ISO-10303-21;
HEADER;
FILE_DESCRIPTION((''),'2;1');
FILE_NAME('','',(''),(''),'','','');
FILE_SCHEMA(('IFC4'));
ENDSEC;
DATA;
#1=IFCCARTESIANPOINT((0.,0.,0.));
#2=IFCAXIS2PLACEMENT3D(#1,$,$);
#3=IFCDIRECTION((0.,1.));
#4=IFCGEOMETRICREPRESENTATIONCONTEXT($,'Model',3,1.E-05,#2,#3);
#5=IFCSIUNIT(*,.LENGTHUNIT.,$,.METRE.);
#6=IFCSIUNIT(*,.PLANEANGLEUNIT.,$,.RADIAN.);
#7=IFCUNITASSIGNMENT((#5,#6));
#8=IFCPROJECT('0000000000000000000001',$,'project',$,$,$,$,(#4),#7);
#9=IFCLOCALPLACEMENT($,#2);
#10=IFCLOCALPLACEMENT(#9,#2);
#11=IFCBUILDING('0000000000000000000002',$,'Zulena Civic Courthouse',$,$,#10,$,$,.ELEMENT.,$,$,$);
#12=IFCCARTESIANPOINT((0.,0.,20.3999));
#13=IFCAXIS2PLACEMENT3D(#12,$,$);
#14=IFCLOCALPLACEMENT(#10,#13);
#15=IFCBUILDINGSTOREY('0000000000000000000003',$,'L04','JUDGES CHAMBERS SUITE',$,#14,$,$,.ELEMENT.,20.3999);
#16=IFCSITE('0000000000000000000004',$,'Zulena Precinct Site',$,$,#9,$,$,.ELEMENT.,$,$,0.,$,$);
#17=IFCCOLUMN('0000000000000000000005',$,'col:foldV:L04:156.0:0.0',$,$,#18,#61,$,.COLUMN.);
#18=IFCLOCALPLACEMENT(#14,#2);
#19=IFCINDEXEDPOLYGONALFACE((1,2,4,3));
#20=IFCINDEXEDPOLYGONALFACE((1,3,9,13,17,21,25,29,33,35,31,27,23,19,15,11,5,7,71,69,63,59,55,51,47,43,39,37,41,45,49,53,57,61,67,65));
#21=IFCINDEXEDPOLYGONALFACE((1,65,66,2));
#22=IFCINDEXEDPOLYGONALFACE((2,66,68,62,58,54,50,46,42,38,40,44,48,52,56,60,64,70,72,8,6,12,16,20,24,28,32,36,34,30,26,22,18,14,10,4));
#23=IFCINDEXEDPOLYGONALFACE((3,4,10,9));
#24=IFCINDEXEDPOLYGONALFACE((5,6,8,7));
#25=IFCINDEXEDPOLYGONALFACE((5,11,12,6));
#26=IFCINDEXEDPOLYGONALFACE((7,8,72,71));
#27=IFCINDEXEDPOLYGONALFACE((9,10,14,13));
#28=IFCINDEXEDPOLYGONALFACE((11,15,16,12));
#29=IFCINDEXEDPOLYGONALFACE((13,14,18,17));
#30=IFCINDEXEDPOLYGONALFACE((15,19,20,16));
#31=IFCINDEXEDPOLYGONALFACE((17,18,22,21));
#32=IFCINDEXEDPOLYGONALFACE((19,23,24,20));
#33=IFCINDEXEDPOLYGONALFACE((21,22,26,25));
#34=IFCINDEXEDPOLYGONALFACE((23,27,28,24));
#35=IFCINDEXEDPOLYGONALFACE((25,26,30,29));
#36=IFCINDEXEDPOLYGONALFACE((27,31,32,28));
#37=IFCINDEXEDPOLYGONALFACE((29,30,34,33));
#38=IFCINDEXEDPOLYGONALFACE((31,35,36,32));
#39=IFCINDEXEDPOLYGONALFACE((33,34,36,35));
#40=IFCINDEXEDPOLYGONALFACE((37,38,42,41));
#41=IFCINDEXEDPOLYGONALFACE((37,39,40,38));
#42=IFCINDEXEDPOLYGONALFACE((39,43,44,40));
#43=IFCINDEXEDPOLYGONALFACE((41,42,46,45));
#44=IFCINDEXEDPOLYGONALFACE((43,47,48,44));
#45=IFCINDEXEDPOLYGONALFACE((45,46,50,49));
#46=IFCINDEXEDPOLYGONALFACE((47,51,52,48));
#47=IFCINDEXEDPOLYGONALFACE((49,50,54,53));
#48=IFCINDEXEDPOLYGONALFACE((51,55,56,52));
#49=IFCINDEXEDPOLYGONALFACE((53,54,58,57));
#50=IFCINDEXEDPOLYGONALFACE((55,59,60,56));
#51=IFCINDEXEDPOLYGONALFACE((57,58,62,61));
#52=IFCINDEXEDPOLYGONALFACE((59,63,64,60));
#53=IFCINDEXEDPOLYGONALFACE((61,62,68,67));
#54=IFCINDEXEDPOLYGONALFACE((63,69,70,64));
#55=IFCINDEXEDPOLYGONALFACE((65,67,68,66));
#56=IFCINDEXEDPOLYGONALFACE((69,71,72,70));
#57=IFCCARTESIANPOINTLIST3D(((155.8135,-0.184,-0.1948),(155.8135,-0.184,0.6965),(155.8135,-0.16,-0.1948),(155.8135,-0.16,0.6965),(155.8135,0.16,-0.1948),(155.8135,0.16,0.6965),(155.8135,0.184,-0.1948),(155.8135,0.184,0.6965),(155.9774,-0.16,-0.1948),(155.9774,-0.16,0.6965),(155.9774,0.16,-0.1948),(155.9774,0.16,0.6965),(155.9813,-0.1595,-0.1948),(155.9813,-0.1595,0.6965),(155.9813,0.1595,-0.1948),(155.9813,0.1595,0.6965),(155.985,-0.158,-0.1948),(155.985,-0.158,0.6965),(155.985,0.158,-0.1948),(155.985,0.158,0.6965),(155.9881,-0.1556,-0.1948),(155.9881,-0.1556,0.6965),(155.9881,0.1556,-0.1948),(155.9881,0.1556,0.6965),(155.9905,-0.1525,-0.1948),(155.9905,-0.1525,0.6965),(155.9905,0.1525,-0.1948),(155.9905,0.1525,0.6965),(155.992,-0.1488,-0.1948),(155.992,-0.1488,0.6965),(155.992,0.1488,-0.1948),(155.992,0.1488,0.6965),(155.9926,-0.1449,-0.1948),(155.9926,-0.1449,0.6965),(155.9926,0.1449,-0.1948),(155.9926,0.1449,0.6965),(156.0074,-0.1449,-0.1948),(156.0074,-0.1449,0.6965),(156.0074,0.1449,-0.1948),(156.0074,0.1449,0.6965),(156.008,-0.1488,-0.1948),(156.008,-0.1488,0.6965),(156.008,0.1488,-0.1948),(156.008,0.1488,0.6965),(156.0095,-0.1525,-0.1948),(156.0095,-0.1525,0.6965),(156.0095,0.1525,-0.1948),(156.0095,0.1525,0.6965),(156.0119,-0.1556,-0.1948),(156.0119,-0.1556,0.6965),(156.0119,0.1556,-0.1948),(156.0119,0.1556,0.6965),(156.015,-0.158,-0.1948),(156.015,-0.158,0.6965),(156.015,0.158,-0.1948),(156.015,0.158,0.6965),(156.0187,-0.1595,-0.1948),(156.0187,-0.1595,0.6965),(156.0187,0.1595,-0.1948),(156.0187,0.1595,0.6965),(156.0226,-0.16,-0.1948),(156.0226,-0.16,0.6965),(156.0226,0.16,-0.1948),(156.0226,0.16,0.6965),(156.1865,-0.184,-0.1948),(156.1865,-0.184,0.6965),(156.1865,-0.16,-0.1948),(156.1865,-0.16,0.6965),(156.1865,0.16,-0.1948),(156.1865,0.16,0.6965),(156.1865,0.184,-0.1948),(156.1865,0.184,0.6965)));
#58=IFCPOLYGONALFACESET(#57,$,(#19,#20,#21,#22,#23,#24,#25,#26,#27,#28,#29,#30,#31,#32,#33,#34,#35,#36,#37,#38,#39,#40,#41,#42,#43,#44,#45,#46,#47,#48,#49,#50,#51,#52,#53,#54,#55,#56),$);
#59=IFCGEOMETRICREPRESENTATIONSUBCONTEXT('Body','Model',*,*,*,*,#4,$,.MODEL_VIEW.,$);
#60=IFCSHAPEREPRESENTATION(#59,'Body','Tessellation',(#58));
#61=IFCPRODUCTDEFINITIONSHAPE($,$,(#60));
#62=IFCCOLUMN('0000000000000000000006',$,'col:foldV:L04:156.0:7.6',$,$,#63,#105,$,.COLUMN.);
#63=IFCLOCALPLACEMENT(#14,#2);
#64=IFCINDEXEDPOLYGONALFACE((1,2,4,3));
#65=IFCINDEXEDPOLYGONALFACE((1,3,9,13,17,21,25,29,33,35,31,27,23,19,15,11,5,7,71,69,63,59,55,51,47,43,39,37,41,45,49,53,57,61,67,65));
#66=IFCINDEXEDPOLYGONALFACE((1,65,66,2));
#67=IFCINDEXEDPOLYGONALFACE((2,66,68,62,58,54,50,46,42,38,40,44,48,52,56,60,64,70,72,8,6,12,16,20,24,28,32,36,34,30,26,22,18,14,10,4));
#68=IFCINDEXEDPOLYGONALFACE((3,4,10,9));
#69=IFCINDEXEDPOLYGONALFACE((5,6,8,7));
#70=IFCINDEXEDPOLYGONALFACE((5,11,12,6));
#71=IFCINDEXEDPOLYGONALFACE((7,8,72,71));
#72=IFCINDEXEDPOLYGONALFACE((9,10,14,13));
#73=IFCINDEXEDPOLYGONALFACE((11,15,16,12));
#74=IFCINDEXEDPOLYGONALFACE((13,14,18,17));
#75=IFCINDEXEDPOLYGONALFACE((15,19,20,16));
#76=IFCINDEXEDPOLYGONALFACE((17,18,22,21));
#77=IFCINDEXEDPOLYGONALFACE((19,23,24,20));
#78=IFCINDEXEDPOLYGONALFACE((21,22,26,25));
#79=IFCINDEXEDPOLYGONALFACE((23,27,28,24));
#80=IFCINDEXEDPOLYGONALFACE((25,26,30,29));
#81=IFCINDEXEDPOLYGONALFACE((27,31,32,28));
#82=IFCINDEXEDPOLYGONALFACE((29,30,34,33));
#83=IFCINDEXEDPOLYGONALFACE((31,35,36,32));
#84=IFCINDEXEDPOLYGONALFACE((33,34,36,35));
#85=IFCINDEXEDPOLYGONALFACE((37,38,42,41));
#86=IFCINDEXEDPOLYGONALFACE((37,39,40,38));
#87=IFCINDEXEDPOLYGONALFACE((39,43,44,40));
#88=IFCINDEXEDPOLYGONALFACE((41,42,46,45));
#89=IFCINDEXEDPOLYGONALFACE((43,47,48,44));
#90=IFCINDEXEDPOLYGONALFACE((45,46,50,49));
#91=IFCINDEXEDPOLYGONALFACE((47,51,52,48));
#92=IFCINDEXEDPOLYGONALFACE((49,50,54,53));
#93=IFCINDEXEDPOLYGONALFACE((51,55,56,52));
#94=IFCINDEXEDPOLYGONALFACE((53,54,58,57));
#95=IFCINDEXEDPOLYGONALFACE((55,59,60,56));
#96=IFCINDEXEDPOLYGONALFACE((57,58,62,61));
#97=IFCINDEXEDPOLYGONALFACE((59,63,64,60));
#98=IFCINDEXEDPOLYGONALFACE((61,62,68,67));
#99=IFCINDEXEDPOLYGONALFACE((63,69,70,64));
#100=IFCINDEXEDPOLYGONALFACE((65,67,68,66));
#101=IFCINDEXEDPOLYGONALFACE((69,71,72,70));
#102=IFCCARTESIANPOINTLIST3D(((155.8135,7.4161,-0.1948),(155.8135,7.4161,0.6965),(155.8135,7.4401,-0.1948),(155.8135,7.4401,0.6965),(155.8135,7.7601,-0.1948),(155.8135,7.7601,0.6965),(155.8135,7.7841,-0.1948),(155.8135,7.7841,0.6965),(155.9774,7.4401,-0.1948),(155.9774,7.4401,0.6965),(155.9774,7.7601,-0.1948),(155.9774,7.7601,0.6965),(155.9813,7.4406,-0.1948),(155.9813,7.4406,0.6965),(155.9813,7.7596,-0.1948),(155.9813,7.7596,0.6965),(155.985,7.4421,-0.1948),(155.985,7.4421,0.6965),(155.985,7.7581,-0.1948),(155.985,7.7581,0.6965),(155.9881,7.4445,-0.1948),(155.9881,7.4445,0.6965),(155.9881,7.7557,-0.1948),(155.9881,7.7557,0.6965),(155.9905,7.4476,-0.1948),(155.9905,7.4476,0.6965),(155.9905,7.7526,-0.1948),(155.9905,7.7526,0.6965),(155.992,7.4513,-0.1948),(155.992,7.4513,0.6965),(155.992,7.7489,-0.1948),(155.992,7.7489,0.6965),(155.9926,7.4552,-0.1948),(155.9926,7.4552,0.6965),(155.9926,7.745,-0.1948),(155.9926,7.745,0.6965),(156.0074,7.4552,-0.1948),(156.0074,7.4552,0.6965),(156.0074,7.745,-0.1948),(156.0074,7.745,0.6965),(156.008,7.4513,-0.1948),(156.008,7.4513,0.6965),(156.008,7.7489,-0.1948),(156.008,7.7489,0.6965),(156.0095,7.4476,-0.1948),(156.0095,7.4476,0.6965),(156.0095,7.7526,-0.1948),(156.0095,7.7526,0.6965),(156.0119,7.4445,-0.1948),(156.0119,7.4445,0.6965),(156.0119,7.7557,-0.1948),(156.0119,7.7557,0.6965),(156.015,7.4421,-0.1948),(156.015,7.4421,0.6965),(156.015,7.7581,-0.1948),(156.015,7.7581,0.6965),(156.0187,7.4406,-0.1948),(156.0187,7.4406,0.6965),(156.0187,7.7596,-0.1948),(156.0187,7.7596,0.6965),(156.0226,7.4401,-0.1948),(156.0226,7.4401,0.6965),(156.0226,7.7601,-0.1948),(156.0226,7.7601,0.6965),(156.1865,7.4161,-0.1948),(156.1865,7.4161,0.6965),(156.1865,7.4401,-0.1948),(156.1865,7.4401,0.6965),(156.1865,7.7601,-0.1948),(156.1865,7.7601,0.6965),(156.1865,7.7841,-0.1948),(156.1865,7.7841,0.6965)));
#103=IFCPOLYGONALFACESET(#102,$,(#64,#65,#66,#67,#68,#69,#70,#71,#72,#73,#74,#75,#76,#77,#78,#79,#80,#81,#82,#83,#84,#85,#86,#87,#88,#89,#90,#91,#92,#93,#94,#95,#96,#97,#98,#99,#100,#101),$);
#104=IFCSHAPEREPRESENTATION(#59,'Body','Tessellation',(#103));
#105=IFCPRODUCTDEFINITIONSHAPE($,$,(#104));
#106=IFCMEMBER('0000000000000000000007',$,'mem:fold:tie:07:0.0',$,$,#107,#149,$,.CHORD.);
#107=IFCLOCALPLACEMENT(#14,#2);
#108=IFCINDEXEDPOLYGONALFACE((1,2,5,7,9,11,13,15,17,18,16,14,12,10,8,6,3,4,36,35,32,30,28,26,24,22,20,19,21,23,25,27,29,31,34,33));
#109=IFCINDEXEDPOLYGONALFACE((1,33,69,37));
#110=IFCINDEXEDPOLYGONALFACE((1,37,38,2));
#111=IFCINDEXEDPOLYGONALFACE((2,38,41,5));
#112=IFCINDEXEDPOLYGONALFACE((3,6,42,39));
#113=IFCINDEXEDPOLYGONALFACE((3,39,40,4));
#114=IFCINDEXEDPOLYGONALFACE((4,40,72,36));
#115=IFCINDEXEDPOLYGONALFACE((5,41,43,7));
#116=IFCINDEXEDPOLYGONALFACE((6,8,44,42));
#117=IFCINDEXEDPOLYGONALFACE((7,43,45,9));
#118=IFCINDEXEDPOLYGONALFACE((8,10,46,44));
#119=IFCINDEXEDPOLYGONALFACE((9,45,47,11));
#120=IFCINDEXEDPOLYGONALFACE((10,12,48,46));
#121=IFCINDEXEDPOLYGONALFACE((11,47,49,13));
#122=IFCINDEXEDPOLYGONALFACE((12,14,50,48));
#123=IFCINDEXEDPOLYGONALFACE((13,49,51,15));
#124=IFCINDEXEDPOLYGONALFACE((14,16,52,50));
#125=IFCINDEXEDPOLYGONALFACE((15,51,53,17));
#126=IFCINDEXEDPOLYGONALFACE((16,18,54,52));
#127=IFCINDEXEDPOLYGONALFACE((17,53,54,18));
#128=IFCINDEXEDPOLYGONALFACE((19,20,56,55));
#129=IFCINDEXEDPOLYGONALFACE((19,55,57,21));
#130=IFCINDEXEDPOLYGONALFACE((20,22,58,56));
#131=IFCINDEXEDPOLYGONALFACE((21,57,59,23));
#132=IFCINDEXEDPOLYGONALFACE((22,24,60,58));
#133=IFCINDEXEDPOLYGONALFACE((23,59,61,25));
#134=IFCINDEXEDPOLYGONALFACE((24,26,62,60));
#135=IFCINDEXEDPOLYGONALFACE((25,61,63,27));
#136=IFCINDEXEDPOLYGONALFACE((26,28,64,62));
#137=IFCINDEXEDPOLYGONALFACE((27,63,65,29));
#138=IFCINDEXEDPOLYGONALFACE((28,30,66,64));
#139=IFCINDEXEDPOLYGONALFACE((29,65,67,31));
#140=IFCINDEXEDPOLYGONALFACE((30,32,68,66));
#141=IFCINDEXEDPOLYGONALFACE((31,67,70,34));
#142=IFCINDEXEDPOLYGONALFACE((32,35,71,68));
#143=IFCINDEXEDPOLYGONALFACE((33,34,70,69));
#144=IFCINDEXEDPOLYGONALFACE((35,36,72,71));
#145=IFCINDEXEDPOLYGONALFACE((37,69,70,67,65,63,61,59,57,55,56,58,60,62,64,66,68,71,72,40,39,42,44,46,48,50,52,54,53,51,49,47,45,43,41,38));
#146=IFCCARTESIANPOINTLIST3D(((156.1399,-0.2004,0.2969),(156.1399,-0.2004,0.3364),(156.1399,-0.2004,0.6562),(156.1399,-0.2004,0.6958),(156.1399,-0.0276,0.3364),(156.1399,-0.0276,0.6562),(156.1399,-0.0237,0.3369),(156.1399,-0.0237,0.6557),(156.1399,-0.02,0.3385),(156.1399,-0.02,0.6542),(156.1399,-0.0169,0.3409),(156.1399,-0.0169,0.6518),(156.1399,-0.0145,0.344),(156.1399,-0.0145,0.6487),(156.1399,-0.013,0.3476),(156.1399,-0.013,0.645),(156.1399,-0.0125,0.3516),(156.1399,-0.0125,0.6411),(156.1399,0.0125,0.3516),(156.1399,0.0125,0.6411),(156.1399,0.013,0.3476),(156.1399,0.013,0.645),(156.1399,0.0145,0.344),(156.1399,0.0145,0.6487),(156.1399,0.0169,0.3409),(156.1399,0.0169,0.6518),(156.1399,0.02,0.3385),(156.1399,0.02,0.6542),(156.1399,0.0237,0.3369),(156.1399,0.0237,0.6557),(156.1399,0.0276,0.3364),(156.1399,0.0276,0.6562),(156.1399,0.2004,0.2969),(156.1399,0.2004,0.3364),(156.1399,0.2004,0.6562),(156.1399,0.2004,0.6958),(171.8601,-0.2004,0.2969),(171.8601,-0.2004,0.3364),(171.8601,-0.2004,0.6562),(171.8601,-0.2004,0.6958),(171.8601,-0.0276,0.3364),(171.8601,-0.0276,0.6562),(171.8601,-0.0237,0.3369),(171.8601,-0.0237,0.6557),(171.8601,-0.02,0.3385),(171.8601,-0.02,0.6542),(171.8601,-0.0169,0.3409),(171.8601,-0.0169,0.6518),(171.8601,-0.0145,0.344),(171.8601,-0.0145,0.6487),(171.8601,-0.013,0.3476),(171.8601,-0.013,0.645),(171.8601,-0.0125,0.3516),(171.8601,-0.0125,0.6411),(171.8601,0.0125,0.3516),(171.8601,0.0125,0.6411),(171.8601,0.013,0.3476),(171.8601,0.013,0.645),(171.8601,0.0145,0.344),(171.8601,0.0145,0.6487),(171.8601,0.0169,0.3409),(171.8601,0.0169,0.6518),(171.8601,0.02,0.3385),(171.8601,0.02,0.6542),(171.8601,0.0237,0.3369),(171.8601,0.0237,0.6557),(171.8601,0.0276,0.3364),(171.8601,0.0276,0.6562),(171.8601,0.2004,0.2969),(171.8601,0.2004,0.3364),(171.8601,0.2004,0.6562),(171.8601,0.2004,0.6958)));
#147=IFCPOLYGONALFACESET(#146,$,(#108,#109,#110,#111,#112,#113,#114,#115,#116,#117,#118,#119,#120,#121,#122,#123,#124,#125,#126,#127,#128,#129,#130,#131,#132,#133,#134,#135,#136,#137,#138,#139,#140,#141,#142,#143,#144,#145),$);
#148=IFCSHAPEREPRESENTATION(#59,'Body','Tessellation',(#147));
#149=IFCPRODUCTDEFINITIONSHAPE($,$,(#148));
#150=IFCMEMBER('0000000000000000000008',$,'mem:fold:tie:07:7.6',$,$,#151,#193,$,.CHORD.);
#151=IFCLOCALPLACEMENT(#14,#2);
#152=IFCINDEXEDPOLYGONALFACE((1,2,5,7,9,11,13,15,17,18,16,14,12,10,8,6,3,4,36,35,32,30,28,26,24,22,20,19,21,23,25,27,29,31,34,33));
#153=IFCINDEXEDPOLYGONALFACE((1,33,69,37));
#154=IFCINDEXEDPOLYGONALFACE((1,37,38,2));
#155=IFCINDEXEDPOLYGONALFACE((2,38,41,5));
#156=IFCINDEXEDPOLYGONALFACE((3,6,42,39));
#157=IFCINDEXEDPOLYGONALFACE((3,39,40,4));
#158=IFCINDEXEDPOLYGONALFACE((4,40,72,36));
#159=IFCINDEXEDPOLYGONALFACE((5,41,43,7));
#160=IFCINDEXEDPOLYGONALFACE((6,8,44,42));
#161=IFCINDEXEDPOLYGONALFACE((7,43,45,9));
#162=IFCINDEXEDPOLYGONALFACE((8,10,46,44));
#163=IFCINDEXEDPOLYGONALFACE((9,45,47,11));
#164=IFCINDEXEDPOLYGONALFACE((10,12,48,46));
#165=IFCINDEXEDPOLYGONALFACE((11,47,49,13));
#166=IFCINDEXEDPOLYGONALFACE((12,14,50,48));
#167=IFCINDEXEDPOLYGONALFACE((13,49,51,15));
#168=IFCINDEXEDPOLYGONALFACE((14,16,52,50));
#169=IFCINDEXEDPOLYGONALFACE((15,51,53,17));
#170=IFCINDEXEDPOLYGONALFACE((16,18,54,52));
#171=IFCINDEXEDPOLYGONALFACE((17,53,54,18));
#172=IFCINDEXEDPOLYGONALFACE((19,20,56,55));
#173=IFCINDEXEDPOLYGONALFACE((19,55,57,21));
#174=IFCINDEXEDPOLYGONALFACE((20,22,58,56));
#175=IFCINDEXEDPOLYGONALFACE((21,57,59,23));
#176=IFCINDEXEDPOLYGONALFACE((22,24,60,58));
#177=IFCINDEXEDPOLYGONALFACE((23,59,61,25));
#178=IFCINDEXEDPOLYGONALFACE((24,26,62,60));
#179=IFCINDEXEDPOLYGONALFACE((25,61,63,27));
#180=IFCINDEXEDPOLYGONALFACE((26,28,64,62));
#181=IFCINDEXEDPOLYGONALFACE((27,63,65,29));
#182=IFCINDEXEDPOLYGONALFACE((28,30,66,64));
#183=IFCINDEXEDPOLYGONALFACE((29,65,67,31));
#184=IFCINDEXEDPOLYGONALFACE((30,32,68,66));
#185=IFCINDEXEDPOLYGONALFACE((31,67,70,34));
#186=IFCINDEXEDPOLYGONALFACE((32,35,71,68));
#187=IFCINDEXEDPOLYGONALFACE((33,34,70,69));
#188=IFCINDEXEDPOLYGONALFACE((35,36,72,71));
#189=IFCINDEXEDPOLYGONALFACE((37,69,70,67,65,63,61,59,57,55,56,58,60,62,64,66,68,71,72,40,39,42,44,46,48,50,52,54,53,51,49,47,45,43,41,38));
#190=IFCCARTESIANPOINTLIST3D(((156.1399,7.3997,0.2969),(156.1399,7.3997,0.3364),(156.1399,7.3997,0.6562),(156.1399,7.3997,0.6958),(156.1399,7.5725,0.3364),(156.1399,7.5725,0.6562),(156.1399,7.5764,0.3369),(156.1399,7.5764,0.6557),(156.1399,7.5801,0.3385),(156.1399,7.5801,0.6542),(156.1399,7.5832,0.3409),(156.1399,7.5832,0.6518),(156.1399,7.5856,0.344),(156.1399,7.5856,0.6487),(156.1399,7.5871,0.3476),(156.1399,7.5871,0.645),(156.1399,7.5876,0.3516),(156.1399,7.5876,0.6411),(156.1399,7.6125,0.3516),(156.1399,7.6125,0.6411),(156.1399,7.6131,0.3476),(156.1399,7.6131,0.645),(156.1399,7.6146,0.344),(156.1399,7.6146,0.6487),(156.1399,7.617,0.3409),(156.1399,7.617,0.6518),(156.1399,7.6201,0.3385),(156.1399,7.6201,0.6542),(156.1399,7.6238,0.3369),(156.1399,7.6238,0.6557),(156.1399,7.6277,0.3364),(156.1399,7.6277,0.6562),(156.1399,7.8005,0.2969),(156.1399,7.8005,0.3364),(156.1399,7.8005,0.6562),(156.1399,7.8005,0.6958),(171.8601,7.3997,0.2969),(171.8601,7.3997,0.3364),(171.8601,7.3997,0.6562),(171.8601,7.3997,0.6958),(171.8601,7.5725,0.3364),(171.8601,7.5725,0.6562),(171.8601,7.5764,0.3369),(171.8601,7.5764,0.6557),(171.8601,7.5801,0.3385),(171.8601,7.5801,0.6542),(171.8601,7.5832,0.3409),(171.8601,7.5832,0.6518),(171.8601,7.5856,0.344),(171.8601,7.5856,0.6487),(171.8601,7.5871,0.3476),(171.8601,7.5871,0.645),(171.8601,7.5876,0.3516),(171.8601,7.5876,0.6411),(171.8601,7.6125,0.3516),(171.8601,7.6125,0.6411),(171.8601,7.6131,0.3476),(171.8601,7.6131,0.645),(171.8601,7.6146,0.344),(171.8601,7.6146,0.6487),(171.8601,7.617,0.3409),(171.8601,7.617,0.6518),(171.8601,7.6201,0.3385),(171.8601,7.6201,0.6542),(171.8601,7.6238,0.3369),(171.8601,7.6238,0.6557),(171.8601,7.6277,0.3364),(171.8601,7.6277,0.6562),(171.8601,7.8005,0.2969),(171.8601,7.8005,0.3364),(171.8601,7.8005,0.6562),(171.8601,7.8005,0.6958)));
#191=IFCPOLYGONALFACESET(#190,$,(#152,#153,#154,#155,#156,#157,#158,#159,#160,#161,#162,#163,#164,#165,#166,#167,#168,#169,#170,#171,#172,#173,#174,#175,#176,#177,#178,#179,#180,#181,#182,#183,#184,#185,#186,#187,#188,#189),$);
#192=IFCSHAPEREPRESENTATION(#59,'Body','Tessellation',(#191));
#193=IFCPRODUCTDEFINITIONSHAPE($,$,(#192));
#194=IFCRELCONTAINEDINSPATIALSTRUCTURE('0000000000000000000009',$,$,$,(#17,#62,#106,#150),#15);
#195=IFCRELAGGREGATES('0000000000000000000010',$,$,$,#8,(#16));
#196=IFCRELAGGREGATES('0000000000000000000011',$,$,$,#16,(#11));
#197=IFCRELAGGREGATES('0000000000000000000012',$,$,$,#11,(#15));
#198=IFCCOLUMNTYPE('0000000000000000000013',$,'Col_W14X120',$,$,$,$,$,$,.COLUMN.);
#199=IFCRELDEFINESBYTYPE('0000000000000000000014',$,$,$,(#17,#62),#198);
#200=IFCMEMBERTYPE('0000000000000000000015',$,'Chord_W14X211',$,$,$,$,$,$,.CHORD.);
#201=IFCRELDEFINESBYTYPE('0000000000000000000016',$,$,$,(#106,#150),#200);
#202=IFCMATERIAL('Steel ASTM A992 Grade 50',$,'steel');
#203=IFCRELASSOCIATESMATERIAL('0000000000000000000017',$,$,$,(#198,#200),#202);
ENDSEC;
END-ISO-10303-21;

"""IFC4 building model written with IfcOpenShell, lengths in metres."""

from ifc_helpers import new_model, si_unit, direction, frame, origin, origin_2d, place, context, subcontext, project, spatial, i_section, extrude, material, material_profile, profile_set, type_object, element, save


model = new_model("IFC4")

# Units and contexts
model_context = context("Model", 3, precision=1e-05, world=origin(), true_north=direction((0.0, 1.0)))
body_context = subcontext(model_context, "Body", "Model", "MODEL_VIEW")
ifc_project = project(units=[si_unit("LENGTHUNIT", "METRE"), si_unit("PLANEANGLEUNIT", "RADIAN")], contexts=[model_context])

# Site, building, storey
site_placement = place(None, origin())
site = spatial("IfcSite", under=ifc_project, at=site_placement, Name="Zulena Precinct Site", CompositionType="ELEMENT", RefElevation=0.0)
building_placement = place(site_placement, origin())
building = spatial("IfcBuilding", under=site, at=building_placement, Name="Zulena Civic Courthouse", CompositionType="ELEMENT")
storey_placement = place(building_placement, frame((0.0, 0.0, 20.3999)))
storey = spatial("IfcBuildingStorey", under=building, at=storey_placement, Name="L04", Description="JUDGES CHAMBERS SUITE", CompositionType="ELEMENT", Elevation=20.3999)

# Columns
ifc_material_1 = material(Name="Steel ASTM A992 Grade 50", Category="steel")
ifc_material_profile_1 = material_profile(ifc_material_1, i_section(OverallWidth=0.373, OverallDepth=0.3679, WebThickness=0.0149, FlangeThickness=0.0239, FilletRadius=0.0151, at=origin_2d()), Name="W14X120")
ifc_profile_set_1 = profile_set([ifc_material_profile_1], Name="Steel ASTM A992 Grade 50")
column_type = type_object("IfcColumnType", Name="Col_W14X120", PredefinedType="COLUMN", material=ifc_profile_set_1)
for number, where, z_axis, x_axis, name in (
    (1, (156.0, 0.0, -0.1948), (0.0, 0.0, 1.0), (1.0, 0.0, 0.0), "col:foldV:L04:156.0:0.0"),
    (2, (156.0, 7.6001, -0.1948), (0.0, 0.0, 1.0), (1.0, 0.0, 0.0), "col:foldV:L04:156.0:7.6"),
):
    element("IfcColumn", number, at=place(storey_placement, frame(where, z_axis=z_axis, x_axis=x_axis)), inside=storey, type_object=column_type, Name=name, PredefinedType="COLUMN", context=body_context, shape_type="SweptSolid", body=[
        extrude(i_section(OverallWidth=0.373, OverallDepth=0.3679, WebThickness=0.0149, FlangeThickness=0.0239, FilletRadius=0.0151, at=origin_2d()), origin(), (0.0, 0.0, 1.0), 0.8914),
    ])

# Members
ifc_material_profile_2 = material_profile(ifc_material_1, i_section(OverallWidth=0.4009, OverallDepth=0.3989, WebThickness=0.0249, FlangeThickness=0.0396, FilletRadius=0.0151, at=origin_2d()), Name="W14X211")
ifc_profile_set_2 = profile_set([ifc_material_profile_2], Name="Steel ASTM A992 Grade 50")
member_type_1 = type_object("IfcMemberType", Name="Chord_W14X211", PredefinedType="CHORD", material=ifc_profile_set_2)
for number, where, z_axis, x_axis, name in (
    (3, (156.1399, 0.0, 0.4963), (1.0, 0.0, 0.0), (0.0, 1.0, 0.0), "mem:fold:tie:07:0.0"),
    (4, (156.1399, 7.6001, 0.4963), (1.0, 0.0, 0.0), (0.0, 1.0, 0.0), "mem:fold:tie:07:7.6"),
):
    element("IfcMember", number, at=place(storey_placement, frame(where, z_axis=z_axis, x_axis=x_axis)), inside=storey, type_object=member_type_1, Name=name, PredefinedType="CHORD", context=body_context, shape_type="SweptSolid", body=[
        extrude(i_section(OverallWidth=0.4009, OverallDepth=0.3989, WebThickness=0.0249, FlangeThickness=0.0396, FilletRadius=0.0151, at=origin_2d()), origin(), (0.0, 0.0, 1.0), 15.7202),
    ])

save(model, "model.ifc")
